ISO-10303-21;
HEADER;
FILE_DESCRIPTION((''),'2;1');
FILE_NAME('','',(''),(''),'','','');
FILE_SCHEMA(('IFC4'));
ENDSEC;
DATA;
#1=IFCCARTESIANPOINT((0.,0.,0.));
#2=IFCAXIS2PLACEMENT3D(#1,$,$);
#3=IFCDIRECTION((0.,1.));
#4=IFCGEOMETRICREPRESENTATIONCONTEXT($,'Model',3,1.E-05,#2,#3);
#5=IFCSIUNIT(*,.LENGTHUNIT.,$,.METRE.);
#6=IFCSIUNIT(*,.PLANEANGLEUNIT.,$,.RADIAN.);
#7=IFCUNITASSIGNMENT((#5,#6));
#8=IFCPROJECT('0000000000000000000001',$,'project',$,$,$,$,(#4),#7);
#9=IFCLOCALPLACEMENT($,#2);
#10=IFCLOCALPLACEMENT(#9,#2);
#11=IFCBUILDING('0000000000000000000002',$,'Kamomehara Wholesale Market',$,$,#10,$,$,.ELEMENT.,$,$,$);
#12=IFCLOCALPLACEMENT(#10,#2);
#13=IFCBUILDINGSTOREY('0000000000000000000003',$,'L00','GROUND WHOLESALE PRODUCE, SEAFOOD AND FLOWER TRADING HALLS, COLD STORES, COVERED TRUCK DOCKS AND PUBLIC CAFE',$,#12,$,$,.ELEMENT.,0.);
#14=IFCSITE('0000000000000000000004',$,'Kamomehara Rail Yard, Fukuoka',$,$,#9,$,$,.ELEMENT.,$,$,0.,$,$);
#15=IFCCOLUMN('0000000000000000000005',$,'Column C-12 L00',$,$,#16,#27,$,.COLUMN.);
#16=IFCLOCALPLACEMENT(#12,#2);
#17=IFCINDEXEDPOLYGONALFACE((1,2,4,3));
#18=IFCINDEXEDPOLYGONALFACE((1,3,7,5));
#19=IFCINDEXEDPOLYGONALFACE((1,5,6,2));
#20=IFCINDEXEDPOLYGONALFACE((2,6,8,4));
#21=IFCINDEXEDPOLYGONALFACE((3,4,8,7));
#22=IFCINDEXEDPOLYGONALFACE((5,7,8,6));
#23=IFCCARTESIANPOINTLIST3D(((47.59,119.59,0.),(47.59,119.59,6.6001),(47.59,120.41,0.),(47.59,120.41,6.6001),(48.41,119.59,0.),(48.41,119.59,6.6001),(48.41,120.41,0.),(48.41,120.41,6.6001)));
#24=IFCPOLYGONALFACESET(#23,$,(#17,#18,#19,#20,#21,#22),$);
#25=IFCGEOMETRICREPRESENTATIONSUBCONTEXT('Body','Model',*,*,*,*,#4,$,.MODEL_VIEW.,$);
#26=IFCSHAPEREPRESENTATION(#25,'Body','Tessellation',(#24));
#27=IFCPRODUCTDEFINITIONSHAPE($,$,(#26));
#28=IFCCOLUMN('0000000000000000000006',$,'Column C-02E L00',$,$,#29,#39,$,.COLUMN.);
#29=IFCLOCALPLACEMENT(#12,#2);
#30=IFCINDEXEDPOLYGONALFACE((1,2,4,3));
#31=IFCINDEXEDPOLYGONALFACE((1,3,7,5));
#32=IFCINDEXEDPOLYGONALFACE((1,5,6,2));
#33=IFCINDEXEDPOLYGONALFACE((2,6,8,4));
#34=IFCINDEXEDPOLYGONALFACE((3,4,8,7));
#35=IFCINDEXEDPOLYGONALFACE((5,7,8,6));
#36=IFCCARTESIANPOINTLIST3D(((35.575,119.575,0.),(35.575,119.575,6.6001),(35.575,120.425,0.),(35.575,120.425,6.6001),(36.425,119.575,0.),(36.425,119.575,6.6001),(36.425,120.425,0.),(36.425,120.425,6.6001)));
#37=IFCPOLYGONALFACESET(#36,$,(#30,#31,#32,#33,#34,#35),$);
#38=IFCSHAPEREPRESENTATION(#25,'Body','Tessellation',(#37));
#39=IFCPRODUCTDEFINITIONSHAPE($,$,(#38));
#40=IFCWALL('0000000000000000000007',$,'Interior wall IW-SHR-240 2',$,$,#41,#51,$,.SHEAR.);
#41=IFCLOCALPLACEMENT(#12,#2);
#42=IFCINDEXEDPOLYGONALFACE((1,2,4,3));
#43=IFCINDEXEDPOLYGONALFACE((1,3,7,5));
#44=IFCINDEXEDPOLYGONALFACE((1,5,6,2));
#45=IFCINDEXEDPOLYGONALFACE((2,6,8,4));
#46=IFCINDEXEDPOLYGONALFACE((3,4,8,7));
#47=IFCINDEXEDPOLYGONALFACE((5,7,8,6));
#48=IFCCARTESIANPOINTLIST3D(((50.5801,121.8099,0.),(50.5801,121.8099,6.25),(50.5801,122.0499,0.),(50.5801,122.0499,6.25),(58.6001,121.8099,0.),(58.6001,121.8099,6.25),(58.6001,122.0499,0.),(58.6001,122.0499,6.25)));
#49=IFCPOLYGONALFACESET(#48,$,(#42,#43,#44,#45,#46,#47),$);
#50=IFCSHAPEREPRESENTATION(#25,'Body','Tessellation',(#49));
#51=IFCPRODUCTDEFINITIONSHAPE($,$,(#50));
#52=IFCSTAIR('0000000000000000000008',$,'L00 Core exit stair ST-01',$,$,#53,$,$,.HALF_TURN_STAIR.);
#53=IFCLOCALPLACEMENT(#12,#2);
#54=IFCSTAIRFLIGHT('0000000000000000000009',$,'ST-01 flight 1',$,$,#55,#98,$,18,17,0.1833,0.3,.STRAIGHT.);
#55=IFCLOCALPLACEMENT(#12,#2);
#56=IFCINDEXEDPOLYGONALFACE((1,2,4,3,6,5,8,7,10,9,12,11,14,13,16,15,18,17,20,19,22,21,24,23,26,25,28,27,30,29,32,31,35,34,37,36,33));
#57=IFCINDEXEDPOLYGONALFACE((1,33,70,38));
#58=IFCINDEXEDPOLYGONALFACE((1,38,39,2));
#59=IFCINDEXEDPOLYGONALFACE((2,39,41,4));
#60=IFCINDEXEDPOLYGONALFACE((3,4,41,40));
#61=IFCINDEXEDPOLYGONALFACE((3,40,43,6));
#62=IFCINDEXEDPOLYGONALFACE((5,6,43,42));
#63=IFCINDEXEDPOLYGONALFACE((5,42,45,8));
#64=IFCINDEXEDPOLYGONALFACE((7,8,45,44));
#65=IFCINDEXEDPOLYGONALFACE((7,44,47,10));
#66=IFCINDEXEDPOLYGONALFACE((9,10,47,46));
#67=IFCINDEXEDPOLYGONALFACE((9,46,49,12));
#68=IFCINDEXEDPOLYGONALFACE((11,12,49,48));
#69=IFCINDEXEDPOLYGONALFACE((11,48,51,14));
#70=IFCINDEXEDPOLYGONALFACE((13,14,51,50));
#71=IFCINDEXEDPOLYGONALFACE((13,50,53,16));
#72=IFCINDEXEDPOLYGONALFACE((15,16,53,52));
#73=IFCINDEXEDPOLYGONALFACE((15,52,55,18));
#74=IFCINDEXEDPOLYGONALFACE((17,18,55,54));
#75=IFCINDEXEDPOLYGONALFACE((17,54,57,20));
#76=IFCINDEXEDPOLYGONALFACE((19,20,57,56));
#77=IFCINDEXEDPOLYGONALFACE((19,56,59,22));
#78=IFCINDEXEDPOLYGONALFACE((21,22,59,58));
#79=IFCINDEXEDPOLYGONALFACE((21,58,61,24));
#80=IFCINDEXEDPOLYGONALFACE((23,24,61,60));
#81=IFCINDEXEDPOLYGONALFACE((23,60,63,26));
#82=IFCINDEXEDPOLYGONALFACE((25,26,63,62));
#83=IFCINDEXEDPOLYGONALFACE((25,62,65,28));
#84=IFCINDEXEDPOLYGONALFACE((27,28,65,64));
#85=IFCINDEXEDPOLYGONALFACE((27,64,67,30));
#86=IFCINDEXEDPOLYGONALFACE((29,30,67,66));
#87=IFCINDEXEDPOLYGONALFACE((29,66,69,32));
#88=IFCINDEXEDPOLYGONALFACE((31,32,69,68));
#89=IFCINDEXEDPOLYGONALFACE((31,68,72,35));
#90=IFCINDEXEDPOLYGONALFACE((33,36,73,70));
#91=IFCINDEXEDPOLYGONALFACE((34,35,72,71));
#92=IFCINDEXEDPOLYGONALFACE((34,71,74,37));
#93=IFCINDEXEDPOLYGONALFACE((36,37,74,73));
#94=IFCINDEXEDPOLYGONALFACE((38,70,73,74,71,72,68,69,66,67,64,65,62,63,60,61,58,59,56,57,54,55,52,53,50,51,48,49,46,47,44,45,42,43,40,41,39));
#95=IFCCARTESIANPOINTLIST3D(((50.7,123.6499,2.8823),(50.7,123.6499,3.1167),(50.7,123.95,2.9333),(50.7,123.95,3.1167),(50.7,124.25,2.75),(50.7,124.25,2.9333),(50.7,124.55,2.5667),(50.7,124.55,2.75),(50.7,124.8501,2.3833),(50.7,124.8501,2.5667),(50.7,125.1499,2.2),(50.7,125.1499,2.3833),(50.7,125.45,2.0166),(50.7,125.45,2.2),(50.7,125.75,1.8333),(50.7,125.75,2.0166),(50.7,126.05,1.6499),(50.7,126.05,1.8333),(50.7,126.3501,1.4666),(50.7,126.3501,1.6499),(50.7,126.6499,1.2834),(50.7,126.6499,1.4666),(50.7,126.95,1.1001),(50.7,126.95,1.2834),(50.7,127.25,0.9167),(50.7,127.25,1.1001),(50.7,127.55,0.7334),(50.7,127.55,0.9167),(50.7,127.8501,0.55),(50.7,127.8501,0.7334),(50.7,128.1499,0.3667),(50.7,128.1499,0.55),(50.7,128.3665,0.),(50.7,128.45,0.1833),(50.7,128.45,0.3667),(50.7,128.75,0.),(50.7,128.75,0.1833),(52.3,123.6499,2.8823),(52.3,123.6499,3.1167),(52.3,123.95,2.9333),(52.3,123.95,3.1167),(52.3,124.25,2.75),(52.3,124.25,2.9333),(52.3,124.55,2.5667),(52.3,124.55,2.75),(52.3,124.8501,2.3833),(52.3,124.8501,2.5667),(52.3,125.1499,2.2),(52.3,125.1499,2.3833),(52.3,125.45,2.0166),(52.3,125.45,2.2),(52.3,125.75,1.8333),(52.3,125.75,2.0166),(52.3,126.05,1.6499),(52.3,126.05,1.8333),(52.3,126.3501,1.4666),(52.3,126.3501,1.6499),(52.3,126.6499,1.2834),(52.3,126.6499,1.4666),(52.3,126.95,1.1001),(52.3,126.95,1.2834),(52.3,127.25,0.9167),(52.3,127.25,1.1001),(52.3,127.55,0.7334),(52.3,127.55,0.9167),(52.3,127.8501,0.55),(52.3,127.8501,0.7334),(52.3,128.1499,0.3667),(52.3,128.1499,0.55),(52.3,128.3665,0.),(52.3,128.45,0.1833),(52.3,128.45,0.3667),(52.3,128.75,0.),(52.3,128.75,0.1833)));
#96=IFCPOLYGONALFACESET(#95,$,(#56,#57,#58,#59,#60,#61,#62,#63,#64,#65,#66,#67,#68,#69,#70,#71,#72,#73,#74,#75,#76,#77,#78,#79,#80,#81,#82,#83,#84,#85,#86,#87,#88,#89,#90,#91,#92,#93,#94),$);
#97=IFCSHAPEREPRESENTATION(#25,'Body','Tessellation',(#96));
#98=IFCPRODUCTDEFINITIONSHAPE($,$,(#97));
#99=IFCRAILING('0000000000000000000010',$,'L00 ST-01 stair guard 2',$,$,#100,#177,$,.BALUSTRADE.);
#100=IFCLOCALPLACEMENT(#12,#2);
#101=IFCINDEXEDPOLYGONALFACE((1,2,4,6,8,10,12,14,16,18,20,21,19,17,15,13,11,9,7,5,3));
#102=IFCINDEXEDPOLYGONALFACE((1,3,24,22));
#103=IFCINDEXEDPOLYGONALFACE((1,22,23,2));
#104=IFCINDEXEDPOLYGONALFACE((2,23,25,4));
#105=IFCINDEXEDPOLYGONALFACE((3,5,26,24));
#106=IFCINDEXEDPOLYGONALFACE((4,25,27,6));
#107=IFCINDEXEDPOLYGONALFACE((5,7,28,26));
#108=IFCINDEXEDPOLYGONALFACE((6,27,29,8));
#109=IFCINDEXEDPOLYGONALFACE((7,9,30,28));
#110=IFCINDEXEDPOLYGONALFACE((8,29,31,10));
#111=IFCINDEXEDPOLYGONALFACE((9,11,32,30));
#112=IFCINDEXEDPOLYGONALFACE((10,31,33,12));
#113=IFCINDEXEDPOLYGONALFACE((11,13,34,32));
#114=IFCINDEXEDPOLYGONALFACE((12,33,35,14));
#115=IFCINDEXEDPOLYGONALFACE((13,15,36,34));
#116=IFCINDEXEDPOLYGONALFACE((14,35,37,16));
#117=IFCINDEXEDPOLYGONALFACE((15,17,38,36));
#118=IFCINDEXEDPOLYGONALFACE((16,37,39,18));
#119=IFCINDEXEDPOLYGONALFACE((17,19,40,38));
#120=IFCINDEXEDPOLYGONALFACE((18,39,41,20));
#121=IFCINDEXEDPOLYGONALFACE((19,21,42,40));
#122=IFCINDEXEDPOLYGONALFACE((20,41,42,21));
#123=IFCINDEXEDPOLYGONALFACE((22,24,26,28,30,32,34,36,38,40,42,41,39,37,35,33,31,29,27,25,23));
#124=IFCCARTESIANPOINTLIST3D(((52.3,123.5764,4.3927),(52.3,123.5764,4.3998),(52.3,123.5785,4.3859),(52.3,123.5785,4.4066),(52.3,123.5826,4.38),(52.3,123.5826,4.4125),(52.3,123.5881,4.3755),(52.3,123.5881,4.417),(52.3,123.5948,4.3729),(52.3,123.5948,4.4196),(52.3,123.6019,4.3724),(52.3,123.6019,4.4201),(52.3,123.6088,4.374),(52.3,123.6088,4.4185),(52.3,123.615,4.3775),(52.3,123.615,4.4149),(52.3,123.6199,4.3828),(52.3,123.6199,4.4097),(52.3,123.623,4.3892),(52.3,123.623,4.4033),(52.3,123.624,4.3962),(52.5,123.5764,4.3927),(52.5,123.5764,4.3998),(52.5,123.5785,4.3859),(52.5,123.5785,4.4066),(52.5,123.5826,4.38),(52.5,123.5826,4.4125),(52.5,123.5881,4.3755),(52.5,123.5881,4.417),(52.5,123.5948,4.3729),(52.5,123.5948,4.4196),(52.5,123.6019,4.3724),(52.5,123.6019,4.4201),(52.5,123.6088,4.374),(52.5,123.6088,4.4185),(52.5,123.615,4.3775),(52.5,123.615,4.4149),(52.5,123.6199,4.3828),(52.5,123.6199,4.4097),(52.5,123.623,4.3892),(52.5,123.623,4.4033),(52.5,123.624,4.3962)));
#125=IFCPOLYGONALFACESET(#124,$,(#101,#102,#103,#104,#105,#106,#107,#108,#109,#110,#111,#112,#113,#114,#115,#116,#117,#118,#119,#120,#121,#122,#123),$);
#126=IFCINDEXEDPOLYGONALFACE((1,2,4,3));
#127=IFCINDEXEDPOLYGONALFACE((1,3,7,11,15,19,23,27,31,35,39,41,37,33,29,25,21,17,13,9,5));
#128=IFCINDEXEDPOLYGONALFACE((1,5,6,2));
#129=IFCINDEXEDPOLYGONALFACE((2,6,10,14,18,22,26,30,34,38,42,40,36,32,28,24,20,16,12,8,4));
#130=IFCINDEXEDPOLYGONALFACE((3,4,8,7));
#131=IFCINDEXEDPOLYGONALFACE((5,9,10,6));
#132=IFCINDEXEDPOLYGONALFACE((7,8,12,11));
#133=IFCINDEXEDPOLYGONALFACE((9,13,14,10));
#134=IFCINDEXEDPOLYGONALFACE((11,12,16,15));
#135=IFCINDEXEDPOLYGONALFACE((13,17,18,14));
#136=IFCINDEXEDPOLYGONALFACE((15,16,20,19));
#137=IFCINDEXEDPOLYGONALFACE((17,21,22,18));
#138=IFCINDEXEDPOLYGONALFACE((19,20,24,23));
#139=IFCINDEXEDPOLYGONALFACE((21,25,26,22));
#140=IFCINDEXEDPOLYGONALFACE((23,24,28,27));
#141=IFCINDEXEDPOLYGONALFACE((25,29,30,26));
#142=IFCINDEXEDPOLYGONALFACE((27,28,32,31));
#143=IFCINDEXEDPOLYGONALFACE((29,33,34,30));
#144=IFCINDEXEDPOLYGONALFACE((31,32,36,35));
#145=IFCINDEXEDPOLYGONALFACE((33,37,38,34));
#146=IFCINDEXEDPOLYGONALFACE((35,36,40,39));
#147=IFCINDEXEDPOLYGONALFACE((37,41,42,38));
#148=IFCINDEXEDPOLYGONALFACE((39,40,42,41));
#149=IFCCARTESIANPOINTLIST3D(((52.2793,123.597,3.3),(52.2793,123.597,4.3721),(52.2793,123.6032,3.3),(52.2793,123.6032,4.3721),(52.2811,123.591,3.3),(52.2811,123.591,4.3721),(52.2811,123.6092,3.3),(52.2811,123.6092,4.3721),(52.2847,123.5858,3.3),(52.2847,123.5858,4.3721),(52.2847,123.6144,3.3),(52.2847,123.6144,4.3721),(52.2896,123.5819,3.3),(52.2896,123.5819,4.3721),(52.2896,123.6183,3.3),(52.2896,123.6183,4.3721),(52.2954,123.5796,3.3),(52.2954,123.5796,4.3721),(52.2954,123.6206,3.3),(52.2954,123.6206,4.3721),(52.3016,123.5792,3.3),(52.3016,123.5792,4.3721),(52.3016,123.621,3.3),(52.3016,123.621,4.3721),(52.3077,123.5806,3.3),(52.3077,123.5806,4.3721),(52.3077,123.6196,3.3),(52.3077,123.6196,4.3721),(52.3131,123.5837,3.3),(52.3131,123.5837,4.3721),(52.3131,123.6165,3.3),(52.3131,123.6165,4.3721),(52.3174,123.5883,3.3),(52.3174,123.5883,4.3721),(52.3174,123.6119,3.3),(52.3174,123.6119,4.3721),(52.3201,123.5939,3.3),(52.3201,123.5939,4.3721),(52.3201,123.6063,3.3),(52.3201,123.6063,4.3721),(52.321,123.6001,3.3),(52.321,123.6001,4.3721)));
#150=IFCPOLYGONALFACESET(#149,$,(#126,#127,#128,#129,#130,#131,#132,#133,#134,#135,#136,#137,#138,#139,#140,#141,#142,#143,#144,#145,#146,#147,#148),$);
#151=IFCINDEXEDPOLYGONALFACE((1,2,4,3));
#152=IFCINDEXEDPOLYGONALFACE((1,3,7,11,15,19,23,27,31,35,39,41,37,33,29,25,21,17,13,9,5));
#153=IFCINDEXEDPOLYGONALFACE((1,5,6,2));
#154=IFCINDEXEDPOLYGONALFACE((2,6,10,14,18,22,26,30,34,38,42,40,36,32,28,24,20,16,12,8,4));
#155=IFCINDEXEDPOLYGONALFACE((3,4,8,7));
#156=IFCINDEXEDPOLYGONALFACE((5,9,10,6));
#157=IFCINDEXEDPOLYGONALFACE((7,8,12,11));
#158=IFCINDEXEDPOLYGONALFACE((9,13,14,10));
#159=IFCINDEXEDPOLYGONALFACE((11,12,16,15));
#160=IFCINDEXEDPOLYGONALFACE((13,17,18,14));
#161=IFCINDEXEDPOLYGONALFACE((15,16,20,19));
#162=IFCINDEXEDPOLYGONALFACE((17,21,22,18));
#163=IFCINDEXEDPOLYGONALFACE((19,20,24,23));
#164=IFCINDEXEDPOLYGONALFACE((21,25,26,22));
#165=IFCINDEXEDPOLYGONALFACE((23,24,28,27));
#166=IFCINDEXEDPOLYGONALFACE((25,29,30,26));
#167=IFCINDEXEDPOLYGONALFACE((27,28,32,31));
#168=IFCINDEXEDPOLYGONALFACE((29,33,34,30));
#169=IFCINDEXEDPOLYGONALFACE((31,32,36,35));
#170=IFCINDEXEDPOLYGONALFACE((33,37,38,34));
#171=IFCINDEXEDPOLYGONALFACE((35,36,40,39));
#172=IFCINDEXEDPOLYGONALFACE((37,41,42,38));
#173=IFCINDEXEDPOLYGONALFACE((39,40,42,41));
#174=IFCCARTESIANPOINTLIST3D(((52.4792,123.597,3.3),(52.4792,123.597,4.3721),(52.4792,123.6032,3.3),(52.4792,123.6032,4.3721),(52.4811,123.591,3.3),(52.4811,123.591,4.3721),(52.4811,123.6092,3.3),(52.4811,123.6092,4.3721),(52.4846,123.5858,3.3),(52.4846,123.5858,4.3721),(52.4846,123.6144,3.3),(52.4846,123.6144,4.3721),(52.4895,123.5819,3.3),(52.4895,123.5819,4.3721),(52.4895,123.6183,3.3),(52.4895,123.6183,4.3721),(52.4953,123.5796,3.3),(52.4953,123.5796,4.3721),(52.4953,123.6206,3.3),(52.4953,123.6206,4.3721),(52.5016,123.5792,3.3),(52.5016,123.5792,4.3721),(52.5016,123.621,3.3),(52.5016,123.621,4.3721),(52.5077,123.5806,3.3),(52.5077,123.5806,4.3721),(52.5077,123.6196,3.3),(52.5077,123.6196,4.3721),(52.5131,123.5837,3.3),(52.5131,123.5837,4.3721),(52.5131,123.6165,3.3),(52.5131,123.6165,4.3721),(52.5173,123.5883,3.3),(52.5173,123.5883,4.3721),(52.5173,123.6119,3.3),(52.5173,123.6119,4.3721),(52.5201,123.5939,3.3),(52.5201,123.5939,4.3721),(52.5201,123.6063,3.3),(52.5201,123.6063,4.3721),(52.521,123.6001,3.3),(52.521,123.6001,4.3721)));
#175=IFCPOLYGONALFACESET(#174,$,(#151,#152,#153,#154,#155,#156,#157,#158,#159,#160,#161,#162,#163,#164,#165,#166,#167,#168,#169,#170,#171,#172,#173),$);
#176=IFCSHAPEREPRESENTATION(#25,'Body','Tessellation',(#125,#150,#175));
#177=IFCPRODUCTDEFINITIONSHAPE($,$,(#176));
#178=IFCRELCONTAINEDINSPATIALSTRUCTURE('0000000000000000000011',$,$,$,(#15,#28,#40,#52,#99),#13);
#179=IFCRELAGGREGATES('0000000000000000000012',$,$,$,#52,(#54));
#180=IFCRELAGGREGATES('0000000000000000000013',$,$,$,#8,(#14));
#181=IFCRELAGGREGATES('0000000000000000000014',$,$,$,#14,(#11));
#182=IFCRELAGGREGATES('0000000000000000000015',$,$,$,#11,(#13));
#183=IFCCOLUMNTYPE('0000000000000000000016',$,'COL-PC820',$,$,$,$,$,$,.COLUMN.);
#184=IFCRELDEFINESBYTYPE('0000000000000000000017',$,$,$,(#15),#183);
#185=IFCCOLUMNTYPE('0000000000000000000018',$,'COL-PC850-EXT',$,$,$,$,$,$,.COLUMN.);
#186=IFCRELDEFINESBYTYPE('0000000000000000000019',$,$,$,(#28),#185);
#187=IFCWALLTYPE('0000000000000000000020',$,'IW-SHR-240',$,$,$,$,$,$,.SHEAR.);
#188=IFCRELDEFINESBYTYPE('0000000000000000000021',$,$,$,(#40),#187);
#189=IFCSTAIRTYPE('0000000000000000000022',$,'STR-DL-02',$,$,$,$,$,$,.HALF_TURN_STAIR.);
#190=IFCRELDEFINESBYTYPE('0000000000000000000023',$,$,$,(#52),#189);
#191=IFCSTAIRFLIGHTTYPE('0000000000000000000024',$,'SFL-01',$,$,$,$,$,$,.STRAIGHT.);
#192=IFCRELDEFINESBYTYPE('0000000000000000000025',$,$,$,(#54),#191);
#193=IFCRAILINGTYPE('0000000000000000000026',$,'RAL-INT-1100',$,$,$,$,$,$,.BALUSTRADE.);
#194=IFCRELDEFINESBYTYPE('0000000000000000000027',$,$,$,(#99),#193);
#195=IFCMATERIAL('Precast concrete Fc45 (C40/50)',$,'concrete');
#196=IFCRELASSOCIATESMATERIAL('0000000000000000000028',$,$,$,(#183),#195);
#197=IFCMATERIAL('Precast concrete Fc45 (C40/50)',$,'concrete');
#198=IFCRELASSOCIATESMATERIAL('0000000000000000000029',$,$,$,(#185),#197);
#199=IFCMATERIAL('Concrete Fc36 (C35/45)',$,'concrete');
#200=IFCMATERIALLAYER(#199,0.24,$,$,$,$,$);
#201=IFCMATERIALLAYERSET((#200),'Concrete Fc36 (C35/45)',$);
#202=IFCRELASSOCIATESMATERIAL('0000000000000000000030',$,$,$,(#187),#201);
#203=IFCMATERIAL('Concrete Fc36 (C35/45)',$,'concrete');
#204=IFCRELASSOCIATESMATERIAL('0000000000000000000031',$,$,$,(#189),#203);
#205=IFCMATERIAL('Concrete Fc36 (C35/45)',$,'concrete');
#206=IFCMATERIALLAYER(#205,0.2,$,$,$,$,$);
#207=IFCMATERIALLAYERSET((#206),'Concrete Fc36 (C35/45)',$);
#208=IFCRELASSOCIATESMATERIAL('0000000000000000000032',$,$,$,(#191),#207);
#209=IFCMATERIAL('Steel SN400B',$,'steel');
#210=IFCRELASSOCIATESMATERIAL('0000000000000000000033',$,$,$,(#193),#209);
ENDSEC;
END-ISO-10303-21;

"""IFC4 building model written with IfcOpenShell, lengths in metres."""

from ifc_helpers import new_model, si_unit, direction, frame, frame_2d, origin, origin_2d, place, context, subcontext, project, spatial, polyline, rectangle, circle, outline, extrude, material, layer, layer_set, material_profile, profile_set, type_object, element, aggregate, save


model = new_model("IFC4")

# Units and contexts
model_context = context("Model", 3, precision=1e-05, world=origin(), true_north=direction((0.0, 1.0)))
body_context = subcontext(model_context, "Body", "Model", "MODEL_VIEW")
ifc_project = project(units=[si_unit("LENGTHUNIT", "METRE"), si_unit("PLANEANGLEUNIT", "RADIAN")], contexts=[model_context])

# Site, building, storey
site_placement = place(None, origin())
site = spatial("IfcSite", under=ifc_project, at=site_placement, Name="Kamomehara Rail Yard, Fukuoka", CompositionType="ELEMENT", RefElevation=0.0)
building_placement = place(site_placement, origin())
building = spatial("IfcBuilding", under=site, at=building_placement, Name="Kamomehara Wholesale Market", CompositionType="ELEMENT")
storey_placement = place(building_placement, origin())
storey = spatial("IfcBuildingStorey", under=building, at=storey_placement, Name="L00", Description="GROUND WHOLESALE PRODUCE, SEAFOOD AND FLOWER TRADING HALLS, COLD STORES, COVERED TRUCK DOCKS AND PUBLIC CAFE", CompositionType="ELEMENT", Elevation=0.0)

# Columns
ifc_material_1 = material(Name="Precast concrete Fc45 (C40/50)", Category="concrete")
ifc_material_profile_1 = material_profile(ifc_material_1, rectangle(XDim=0.8201, YDim=0.8201, at=origin_2d()), Name="PC-COL-820x820")
ifc_profile_set_1 = profile_set([ifc_material_profile_1], Name="Precast concrete Fc45 (C40/50)")
column_type_1 = type_object("IfcColumnType", Name="COL-PC820", PredefinedType="COLUMN", material=ifc_profile_set_1)
column_1_placement = place(storey_placement, frame((48.0, 120.0, 0.0), z_axis=(0.0, 0.0, 1.0), x_axis=(1.0, 0.0, 0.0)))
element("IfcColumn", 1, at=column_1_placement, inside=storey, type_object=column_type_1, Name="Column C-12 L00", PredefinedType="COLUMN", context=body_context, shape_type="SweptSolid", body=[
    extrude(rectangle(XDim=0.8201, YDim=0.8201, at=origin_2d()), origin(), (0.0, 0.0, 1.0), 6.6001),
])
ifc_material_2 = material(Name="Precast concrete Fc45 (C40/50)", Category="concrete")
ifc_material_profile_2 = material_profile(ifc_material_2, rectangle(XDim=0.8501, YDim=0.8501, at=origin_2d()), Name="PC-COL-850x850")
ifc_profile_set_2 = profile_set([ifc_material_profile_2], Name="Precast concrete Fc45 (C40/50)")
column_type_2 = type_object("IfcColumnType", Name="COL-PC850-EXT", PredefinedType="COLUMN", material=ifc_profile_set_2)
column_2_placement = place(storey_placement, frame((36.0, 120.0, 0.0), z_axis=(0.0, 0.0, 1.0), x_axis=(1.0, 0.0, 0.0)))
element("IfcColumn", 2, at=column_2_placement, inside=storey, type_object=column_type_2, Name="Column C-02E L00", PredefinedType="COLUMN", context=body_context, shape_type="SweptSolid", body=[
    extrude(rectangle(XDim=0.8501, YDim=0.8501, at=origin_2d()), origin(), (0.0, 0.0, 1.0), 6.6001),
])

# Wall
ifc_material_3 = material(Name="Concrete Fc36 (C35/45)", Category="concrete")
ifc_layer_1 = layer(ifc_material_3, 0.24)
ifc_layer_set_1 = layer_set([ifc_layer_1], Name="Concrete Fc36 (C35/45)")
wall_type = type_object("IfcWallType", Name="IW-SHR-240", PredefinedType="SHEAR", material=ifc_layer_set_1)
wall_placement = place(storey_placement, frame((50.5801, 121.9299, 0.0), z_axis=(0.0, 0.0, 1.0), x_axis=(1.0, 0.0, 0.0)))
element("IfcWall", 3, at=wall_placement, inside=storey, type_object=wall_type, Name="Interior wall IW-SHR-240 2", PredefinedType="SHEAR", context=body_context, shape_type="SweptSolid", body=[
    extrude(rectangle(XDim=8.02, YDim=0.24, at=frame_2d((4.01, 0.0))), origin(), (0.0, 0.0, 1.0), 6.25),
])

# Stair, stair flight
ifc_material_4 = material(Name="Concrete Fc36 (C35/45)", Category="concrete")
stair_type = type_object("IfcStairType", Name="STR-DL-02", PredefinedType="HALF_TURN_STAIR", material=ifc_material_4)
stair_placement = place(storey_placement, origin())
stair = element("IfcStair", 4, at=stair_placement, inside=storey, type_object=stair_type, Name="L00 Core exit stair ST-01", PredefinedType="HALF_TURN_STAIR")
ifc_material_5 = material(Name="Concrete Fc36 (C35/45)", Category="concrete")
ifc_layer_2 = layer(ifc_material_5, 0.2)
ifc_layer_set_2 = layer_set([ifc_layer_2], Name="Concrete Fc36 (C35/45)")
stair_flight_type = type_object("IfcStairFlightType", Name="SFL-01", PredefinedType="STRAIGHT", material=ifc_layer_set_2)
stair_flight_placement = place(storey_placement, frame((51.5, 128.75, 0.0), z_axis=(0.0, 0.0, 1.0), x_axis=(0.0, -1.0, 0.0)))
stair_flight = element("IfcStairFlight", 5, at=stair_flight_placement, type_object=stair_flight_type, Name="ST-01 flight 1", NumberOfRisers=18, NumberOfTreads=17, PredefinedType="STRAIGHT", RiserHeight=0.1833, TreadLength=0.3, context=body_context, shape_type="SweptSolid", body=[
    extrude(outline(polyline([(0.0, 0.0), (0.0, 0.1833), (0.3, 0.1833), (0.3, 0.3667), (0.6001, 0.3667), (0.6001, 0.55), (0.8999, 0.55), (0.8999, 0.7334), (1.2, 0.7334), (1.2, 0.9167), (1.5, 0.9167), (1.5, 1.1001), (1.8, 1.1001), (1.8, 1.2834), (2.1001, 1.2834), (2.1001, 1.4666), (2.3999, 1.4666), (2.3999, 1.6499), (2.7, 1.6499), (2.7, 1.8333), (3.0, 1.8333), (3.0, 2.0166), (3.3, 2.0166), (3.3, 2.2), (3.6001, 2.2), (3.6001, 2.3833), (3.8999, 2.3833), (3.8999, 2.5667), (4.2, 2.5667), (4.2, 2.75), (4.5, 2.75), (4.5, 2.9333), (4.8, 2.9333), (4.8, 3.1167), (5.1001, 3.1167), (5.1001, 3.3), (5.1001, 2.8823), (0.3835, 0.0), (0.0, 0.0)])), frame((0.0, 0.8, 0.0), z_axis=(0.0, -1.0, 0.0), x_axis=(1.0, 0.0, 0.0)), (0.0, 0.0, 1.0), 1.6001),
])
aggregate(stair, [stair_flight])

# Railing
ifc_material_6 = material(Name="Steel SN400B", Category="steel")
railing_type_1 = type_object("IfcRailingType", Name="RAL-INT-1100", PredefinedType="BALUSTRADE", material=ifc_material_6)
railing_1_placement = place(storey_placement, frame((52.3, 123.6001, 3.3)))
element("IfcRailing", 6, at=railing_1_placement, inside=storey, type_object=railing_type_1, Name="L00 ST-01 stair guard 2", PredefinedType="BALUSTRADE", context=body_context, shape_type="SweptSolid", body=[
    extrude(circle(Radius=0.0239, at=origin_2d()), frame((0.0, 0.0, 1.0962), z_axis=(1.0, 0.0, 0.0), x_axis=(0.0, 1.0, 0.0)), (0.0, 0.0, 1.0), 0.2),
    extrude(circle(Radius=0.021, at=origin_2d()), origin(), (0.0, 0.0, 1.0), 1.072),
    extrude(circle(Radius=0.021, at=origin_2d()), frame((0.2, 0.0, 0.0)), (0.0, 0.0, 1.0), 1.072),
])

save(model, "model.ifc")
